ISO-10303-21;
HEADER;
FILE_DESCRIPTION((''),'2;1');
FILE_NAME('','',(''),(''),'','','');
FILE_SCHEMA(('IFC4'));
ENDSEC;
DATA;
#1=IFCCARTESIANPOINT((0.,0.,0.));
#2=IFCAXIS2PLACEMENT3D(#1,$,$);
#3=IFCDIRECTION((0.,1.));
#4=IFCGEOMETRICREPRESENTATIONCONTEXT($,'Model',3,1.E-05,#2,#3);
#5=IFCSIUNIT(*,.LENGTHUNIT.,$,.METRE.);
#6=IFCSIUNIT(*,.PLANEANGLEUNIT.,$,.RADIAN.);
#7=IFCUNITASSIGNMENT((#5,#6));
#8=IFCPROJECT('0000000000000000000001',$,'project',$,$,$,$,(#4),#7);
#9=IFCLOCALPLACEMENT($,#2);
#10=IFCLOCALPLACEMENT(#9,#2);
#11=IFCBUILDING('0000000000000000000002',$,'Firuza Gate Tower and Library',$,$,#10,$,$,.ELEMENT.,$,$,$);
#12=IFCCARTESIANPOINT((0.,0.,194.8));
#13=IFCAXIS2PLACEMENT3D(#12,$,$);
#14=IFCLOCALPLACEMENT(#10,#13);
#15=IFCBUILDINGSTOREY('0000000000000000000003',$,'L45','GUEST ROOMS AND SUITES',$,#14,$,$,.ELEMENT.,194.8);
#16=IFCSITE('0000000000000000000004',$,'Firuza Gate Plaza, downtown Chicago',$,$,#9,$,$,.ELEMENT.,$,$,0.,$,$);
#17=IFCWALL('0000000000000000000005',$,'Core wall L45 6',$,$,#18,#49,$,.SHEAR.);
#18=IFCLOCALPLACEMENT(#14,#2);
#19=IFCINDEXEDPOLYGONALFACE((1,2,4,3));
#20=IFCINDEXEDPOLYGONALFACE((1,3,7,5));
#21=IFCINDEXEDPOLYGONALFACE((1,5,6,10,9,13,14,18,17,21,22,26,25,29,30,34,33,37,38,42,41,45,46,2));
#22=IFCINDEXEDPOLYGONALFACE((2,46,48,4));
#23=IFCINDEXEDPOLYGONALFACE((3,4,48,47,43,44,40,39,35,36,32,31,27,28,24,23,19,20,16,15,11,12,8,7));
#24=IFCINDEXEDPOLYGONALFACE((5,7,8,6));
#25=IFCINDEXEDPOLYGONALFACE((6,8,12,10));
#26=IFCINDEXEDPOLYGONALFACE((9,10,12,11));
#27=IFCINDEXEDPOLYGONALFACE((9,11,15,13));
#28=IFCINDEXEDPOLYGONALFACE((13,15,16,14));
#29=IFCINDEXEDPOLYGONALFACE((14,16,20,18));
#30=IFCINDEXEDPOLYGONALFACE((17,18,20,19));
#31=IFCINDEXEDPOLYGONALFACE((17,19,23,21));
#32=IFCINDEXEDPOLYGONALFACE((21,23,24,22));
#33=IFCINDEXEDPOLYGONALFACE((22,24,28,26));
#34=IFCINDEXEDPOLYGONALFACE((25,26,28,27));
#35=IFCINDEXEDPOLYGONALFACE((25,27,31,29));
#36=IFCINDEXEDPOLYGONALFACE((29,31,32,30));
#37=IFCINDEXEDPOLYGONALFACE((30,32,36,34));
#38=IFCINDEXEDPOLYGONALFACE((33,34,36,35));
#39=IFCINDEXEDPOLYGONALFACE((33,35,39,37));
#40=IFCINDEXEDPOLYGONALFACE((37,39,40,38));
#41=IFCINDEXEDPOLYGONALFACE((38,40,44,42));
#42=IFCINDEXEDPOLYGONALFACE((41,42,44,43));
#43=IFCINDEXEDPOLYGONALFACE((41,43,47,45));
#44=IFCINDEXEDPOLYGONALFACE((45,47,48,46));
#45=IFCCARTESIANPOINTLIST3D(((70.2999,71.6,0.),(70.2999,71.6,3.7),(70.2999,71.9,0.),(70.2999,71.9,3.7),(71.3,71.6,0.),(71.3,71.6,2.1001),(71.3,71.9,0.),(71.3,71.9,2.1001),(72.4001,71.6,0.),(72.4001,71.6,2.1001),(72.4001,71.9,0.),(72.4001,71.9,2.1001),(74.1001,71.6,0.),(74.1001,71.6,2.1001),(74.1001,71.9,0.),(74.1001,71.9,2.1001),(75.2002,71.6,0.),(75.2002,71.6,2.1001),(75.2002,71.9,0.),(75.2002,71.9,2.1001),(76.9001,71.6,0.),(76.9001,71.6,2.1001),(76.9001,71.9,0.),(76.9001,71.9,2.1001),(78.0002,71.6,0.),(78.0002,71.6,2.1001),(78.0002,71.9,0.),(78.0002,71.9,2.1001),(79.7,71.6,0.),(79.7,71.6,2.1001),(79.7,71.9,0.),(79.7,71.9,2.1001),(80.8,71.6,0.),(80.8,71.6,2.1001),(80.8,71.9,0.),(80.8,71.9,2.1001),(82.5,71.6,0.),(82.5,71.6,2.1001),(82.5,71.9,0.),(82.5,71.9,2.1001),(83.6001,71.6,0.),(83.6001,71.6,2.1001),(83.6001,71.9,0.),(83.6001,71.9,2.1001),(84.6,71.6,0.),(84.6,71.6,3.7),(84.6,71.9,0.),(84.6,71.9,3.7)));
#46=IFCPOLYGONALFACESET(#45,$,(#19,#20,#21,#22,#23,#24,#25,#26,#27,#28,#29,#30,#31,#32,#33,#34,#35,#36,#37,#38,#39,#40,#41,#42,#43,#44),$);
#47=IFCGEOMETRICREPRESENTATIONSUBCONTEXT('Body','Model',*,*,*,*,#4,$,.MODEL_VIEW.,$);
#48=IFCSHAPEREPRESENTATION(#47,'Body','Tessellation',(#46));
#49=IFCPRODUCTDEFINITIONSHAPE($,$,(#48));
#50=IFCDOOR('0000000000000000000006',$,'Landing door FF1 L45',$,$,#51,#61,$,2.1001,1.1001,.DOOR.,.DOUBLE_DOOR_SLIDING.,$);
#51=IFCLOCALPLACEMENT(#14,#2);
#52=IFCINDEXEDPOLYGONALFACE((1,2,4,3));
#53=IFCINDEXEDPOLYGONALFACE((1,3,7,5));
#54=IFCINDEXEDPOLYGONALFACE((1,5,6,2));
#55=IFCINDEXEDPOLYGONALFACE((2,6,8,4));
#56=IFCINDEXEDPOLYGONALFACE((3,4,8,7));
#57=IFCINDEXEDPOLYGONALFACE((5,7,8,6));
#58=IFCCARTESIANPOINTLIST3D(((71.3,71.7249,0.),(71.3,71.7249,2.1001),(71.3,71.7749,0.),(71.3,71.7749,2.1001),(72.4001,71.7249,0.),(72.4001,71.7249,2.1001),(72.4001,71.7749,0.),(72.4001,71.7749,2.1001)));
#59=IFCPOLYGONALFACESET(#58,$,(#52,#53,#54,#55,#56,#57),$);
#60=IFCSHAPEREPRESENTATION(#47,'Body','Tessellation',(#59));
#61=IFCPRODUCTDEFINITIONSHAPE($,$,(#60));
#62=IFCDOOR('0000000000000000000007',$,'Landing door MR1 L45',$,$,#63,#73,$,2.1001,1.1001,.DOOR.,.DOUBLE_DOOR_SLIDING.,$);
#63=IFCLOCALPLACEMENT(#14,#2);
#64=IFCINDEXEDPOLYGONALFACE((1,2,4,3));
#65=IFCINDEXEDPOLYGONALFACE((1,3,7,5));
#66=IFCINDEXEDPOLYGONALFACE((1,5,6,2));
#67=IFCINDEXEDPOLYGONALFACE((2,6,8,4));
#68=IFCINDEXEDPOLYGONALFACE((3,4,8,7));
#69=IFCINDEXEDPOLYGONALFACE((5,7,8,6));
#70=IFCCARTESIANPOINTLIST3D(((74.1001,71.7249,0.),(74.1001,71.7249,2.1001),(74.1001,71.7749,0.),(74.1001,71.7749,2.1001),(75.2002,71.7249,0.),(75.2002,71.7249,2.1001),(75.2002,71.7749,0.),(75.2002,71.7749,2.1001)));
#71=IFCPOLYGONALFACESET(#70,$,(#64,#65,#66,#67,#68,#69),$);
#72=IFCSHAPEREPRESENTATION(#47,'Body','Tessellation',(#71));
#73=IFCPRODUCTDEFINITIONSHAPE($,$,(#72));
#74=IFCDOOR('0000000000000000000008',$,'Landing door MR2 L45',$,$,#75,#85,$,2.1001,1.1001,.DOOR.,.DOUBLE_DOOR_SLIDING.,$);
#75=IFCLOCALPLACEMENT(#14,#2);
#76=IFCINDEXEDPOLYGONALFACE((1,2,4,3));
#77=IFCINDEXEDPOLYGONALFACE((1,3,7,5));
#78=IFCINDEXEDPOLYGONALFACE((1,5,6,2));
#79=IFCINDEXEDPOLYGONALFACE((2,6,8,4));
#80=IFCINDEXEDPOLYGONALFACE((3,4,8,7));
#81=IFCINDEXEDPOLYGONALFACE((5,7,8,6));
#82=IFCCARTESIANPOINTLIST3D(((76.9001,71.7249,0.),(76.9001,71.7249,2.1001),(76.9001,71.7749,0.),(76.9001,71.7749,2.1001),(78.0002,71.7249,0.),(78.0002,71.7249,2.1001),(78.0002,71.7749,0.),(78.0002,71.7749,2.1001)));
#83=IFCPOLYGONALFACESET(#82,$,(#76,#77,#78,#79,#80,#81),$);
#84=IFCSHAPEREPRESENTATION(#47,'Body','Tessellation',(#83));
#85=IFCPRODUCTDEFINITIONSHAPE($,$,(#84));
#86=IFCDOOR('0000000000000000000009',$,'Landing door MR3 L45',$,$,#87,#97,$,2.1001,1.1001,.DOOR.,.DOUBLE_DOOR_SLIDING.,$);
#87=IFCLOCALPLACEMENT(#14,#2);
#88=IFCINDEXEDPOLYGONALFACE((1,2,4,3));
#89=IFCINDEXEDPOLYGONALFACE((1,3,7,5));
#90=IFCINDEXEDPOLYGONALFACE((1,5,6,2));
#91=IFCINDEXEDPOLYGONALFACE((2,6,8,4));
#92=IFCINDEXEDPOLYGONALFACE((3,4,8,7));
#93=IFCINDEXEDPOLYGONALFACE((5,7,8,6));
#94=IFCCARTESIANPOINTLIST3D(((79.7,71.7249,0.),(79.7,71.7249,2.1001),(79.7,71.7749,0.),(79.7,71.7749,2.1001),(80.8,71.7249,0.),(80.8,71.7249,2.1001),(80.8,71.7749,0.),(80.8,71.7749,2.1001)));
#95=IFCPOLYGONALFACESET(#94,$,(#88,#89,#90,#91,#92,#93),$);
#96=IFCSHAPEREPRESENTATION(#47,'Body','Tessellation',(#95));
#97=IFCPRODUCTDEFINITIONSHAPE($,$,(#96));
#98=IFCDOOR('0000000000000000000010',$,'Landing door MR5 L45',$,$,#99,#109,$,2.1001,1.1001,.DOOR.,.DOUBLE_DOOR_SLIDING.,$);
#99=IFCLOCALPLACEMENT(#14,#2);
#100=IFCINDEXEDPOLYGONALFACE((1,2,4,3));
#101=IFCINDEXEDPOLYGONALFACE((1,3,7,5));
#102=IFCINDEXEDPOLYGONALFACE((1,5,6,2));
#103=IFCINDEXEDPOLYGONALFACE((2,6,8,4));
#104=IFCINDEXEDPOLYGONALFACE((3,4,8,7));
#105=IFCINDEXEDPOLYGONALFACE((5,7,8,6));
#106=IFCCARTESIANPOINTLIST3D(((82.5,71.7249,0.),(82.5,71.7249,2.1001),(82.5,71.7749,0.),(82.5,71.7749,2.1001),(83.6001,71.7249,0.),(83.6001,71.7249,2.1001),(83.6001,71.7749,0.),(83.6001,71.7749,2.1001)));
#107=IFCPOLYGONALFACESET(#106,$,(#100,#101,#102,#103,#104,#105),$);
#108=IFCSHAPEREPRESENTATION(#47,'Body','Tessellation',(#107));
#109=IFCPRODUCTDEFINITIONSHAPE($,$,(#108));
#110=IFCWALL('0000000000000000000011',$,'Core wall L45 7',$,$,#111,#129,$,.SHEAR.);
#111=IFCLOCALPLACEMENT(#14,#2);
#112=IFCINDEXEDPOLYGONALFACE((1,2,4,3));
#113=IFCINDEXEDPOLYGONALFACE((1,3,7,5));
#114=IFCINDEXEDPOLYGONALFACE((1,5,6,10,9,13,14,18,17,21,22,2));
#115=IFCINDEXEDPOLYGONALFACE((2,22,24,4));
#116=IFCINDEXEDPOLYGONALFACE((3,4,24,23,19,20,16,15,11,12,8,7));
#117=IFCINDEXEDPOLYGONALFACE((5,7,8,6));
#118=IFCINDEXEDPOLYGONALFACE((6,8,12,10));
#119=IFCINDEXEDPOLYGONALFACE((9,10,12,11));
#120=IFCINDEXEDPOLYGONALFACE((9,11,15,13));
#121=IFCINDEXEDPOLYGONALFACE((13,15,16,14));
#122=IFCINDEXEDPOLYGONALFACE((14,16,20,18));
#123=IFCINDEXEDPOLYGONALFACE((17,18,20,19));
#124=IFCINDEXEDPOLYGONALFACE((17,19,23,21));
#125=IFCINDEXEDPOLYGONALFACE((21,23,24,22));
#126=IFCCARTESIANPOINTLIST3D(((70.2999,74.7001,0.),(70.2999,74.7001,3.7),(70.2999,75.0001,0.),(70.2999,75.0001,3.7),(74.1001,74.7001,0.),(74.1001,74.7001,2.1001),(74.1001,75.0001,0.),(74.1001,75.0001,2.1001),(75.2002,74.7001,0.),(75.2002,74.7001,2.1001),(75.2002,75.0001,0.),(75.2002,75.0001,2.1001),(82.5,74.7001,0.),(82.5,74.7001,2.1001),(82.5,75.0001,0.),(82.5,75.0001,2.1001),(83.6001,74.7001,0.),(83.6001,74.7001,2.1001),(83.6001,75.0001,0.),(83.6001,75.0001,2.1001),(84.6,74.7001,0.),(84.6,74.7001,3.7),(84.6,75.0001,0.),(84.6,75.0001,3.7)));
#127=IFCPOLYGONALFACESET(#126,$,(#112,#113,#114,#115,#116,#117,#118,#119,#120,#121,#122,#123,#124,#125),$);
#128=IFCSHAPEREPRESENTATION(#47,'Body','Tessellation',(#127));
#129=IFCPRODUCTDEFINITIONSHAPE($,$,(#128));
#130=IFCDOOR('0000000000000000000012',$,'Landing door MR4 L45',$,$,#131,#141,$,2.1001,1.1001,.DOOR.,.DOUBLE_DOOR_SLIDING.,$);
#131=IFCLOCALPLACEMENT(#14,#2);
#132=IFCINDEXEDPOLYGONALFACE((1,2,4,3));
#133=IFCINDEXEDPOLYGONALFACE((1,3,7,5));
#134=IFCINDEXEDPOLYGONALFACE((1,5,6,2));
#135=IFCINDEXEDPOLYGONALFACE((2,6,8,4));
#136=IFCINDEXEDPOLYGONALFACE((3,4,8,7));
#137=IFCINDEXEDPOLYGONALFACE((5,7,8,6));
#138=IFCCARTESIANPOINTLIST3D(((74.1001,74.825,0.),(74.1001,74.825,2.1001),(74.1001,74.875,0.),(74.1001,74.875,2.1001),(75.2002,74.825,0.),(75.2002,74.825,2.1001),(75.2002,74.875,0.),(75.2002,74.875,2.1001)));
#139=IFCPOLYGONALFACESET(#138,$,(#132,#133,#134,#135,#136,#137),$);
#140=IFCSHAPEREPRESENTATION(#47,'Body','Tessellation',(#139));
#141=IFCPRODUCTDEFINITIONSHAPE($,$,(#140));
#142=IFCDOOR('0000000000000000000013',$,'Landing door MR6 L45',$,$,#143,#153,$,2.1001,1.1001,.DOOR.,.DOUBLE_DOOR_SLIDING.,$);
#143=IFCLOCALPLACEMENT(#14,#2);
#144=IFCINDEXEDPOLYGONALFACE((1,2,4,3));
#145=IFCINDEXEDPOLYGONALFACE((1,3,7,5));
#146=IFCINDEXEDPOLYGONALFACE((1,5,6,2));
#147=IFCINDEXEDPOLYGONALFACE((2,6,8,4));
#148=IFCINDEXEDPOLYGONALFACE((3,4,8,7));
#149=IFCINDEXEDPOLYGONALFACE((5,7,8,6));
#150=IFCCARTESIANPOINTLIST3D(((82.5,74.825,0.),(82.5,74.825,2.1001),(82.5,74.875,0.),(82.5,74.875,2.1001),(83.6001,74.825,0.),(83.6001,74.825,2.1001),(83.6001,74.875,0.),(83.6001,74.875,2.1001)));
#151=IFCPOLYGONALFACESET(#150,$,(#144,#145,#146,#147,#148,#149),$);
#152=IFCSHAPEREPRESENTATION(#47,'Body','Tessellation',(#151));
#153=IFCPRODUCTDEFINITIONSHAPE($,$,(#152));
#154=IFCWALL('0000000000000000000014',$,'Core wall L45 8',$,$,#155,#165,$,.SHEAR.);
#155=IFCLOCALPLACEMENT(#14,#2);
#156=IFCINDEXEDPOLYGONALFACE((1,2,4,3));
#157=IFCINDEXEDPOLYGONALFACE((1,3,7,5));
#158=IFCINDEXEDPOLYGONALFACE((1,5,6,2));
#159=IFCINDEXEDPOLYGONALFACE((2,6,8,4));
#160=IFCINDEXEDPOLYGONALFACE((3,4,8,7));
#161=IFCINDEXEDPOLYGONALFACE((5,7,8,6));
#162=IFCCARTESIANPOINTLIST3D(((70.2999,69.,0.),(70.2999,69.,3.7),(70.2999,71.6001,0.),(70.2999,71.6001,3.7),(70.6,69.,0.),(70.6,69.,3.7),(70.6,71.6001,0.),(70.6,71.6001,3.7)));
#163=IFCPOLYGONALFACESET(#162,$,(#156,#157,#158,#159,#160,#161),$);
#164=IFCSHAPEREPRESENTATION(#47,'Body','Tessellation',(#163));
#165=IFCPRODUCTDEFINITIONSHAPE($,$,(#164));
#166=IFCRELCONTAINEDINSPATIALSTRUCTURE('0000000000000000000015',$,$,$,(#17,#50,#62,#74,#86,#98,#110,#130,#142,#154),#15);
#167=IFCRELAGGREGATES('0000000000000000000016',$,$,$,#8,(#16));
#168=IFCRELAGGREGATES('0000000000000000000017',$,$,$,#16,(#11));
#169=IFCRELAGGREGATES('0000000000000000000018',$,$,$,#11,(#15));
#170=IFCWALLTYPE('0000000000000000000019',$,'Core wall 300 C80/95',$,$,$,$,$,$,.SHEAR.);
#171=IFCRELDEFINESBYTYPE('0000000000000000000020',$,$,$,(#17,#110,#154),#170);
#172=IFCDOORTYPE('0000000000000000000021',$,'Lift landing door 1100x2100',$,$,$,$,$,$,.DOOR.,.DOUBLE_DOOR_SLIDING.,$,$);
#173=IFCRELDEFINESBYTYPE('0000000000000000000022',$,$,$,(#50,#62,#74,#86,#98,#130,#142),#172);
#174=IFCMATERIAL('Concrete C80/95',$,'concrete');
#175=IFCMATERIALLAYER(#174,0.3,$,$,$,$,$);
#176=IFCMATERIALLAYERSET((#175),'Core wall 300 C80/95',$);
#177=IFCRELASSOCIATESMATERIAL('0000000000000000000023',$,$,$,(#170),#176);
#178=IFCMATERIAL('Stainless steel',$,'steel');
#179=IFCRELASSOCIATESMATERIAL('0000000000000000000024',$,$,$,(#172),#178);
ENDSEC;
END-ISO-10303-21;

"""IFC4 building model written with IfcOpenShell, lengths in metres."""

from ifc_helpers import new_model, si_unit, direction, frame, frame_2d, origin, place, context, subcontext, project, spatial, rectangle, extrude, material, layer, layer_set, type_object, element, fill, save


model = new_model("IFC4")

# Units and contexts
model_context = context("Model", 3, precision=1e-05, world=origin(), true_north=direction((0.0, 1.0)))
body_context = subcontext(model_context, "Body", "Model", "MODEL_VIEW")
ifc_project = project(units=[si_unit("LENGTHUNIT", "METRE"), si_unit("PLANEANGLEUNIT", "RADIAN")], contexts=[model_context])

# Site, building, storey
site_placement = place(None, origin())
site = spatial("IfcSite", under=ifc_project, at=site_placement, Name="Firuza Gate Plaza, downtown Chicago", CompositionType="ELEMENT", RefElevation=0.0)
building_placement = place(site_placement, origin())
building = spatial("IfcBuilding", under=site, at=building_placement, Name="Firuza Gate Tower and Library", CompositionType="ELEMENT")
storey_placement = place(building_placement, frame((0.0, 0.0, 194.8)))
storey = spatial("IfcBuildingStorey", under=building, at=storey_placement, Name="L45", Description="GUEST ROOMS AND SUITES", CompositionType="ELEMENT", Elevation=194.8)

# Shared definitions
ifc_material_1 = material(Name="Concrete C80/95", Category="concrete")
ifc_layer_1 = layer(ifc_material_1, 0.3)
ifc_layer_set_1 = layer_set([ifc_layer_1], Name="Core wall 300 C80/95")
wall_type_1 = type_object("IfcWallType", Name="Core wall 300 C80/95", PredefinedType="SHEAR", material=ifc_layer_set_1)

# Walls, openings, doors
wall_1_placement = place(storey_placement, frame((70.3, 71.75, 0.0), z_axis=(0.0, 0.0, 1.0), x_axis=(1.0, 0.0, 0.0)))
wall_1 = element("IfcWall", 1, at=wall_1_placement, inside=storey, type_object=wall_type_1, Name="Core wall L45 6", PredefinedType="SHEAR", context=body_context, shape_type="SweptSolid", body=[
    extrude(rectangle(XDim=14.3, YDim=0.3, at=frame_2d((7.1499, 0.0))), origin(), (0.0, 0.0, 1.0), 3.7),
])
opening_1_placement = place(wall_1_placement, frame((1.0, 0.0, 0.0)))
opening_1 = element("IfcOpeningElement", 2, at=opening_1_placement, cuts=wall_1, PredefinedType="OPENING", context=body_context, shape_type="SweptSolid", body=[
    extrude(rectangle(XDim=1.1001, YDim=2.1001, at=frame_2d((0.55, 1.05))), frame((0.0, 0.1602, 0.0), z_axis=(0.0, -1.0, 0.0), x_axis=(1.0, 0.0, 0.0)), (0.0, 0.0, 1.0), 0.3201),
])
opening_2_placement = place(wall_1_placement, frame((3.8, 0.0, 0.0)))
opening_2 = element("IfcOpeningElement", 3, at=opening_2_placement, cuts=wall_1, PredefinedType="OPENING", context=body_context, shape_type="SweptSolid", body=[
    extrude(rectangle(XDim=1.1001, YDim=2.1001, at=frame_2d((0.55, 1.05))), frame((0.0, 0.1602, 0.0), z_axis=(0.0, -1.0, 0.0), x_axis=(1.0, 0.0, 0.0)), (0.0, 0.0, 1.0), 0.3201),
])
opening_3_placement = place(wall_1_placement, frame((6.6001, 0.0, 0.0)))
opening_3 = element("IfcOpeningElement", 4, at=opening_3_placement, cuts=wall_1, PredefinedType="OPENING", context=body_context, shape_type="SweptSolid", body=[
    extrude(rectangle(XDim=1.1001, YDim=2.1001, at=frame_2d((0.55, 1.05))), frame((0.0, 0.1602, 0.0), z_axis=(0.0, -1.0, 0.0), x_axis=(1.0, 0.0, 0.0)), (0.0, 0.0, 1.0), 0.3201),
])
opening_4_placement = place(wall_1_placement, frame((9.3999, 0.0, 0.0)))
opening_4 = element("IfcOpeningElement", 5, at=opening_4_placement, cuts=wall_1, PredefinedType="OPENING", context=body_context, shape_type="SweptSolid", body=[
    extrude(rectangle(XDim=1.1001, YDim=2.1001, at=frame_2d((0.55, 1.05))), frame((0.0, 0.1602, 0.0), z_axis=(0.0, -1.0, 0.0), x_axis=(1.0, 0.0, 0.0)), (0.0, 0.0, 1.0), 0.3201),
])
opening_5_placement = place(wall_1_placement, frame((12.2, 0.0, 0.0)))
opening_5 = element("IfcOpeningElement", 6, at=opening_5_placement, cuts=wall_1, PredefinedType="OPENING", context=body_context, shape_type="SweptSolid", body=[
    extrude(rectangle(XDim=1.1001, YDim=2.1001, at=frame_2d((0.55, 1.05))), frame((0.0, 0.1602, 0.0), z_axis=(0.0, -1.0, 0.0), x_axis=(1.0, 0.0, 0.0)), (0.0, 0.0, 1.0), 0.3201),
])
ifc_material_2 = material(Name="Stainless steel", Category="steel")
door_type_1 = type_object("IfcDoorType", Name="Lift landing door 1100x2100", OperationType="DOUBLE_DOOR_SLIDING", PredefinedType="DOOR", material=ifc_material_2)
door_1_placement = place(opening_1_placement, origin())
door_1 = element("IfcDoor", 7, at=door_1_placement, inside=storey, type_object=door_type_1, Name="Landing door FF1 L45", OperationType="DOUBLE_DOOR_SLIDING", OverallHeight=2.1001, OverallWidth=1.1001, PredefinedType="DOOR", context=body_context, shape_type="SweptSolid", body=[
    extrude(rectangle(XDim=1.1001, YDim=2.1001, at=frame_2d((0.55, 1.05))), frame((0.0, 0.0249, 0.0), z_axis=(0.0, -1.0, 0.0), x_axis=(1.0, 0.0, 0.0)), (0.0, 0.0, 1.0), 0.05),
])
fill(opening_1, door_1)
door_2_placement = place(opening_2_placement, origin())
door_2 = element("IfcDoor", 8, at=door_2_placement, inside=storey, type_object=door_type_1, Name="Landing door MR1 L45", OperationType="DOUBLE_DOOR_SLIDING", OverallHeight=2.1001, OverallWidth=1.1001, PredefinedType="DOOR", context=body_context, shape_type="SweptSolid", body=[
    extrude(rectangle(XDim=1.1001, YDim=2.1001, at=frame_2d((0.55, 1.05))), frame((0.0, 0.0249, 0.0), z_axis=(0.0, -1.0, 0.0), x_axis=(1.0, 0.0, 0.0)), (0.0, 0.0, 1.0), 0.05),
])
fill(opening_2, door_2)
door_3_placement = place(opening_3_placement, origin())
door_3 = element("IfcDoor", 9, at=door_3_placement, inside=storey, type_object=door_type_1, Name="Landing door MR2 L45", OperationType="DOUBLE_DOOR_SLIDING", OverallHeight=2.1001, OverallWidth=1.1001, PredefinedType="DOOR", context=body_context, shape_type="SweptSolid", body=[
    extrude(rectangle(XDim=1.1001, YDim=2.1001, at=frame_2d((0.55, 1.05))), frame((0.0, 0.0249, 0.0), z_axis=(0.0, -1.0, 0.0), x_axis=(1.0, 0.0, 0.0)), (0.0, 0.0, 1.0), 0.05),
])
fill(opening_3, door_3)
door_4_placement = place(opening_4_placement, origin())
door_4 = element("IfcDoor", 10, at=door_4_placement, inside=storey, type_object=door_type_1, Name="Landing door MR3 L45", OperationType="DOUBLE_DOOR_SLIDING", OverallHeight=2.1001, OverallWidth=1.1001, PredefinedType="DOOR", context=body_context, shape_type="SweptSolid", body=[
    extrude(rectangle(XDim=1.1001, YDim=2.1001, at=frame_2d((0.55, 1.05))), frame((0.0, 0.0249, 0.0), z_axis=(0.0, -1.0, 0.0), x_axis=(1.0, 0.0, 0.0)), (0.0, 0.0, 1.0), 0.05),
])
fill(opening_4, door_4)
door_5_placement = place(opening_5_placement, origin())
door_5 = element("IfcDoor", 11, at=door_5_placement, inside=storey, type_object=door_type_1, Name="Landing door MR5 L45", OperationType="DOUBLE_DOOR_SLIDING", OverallHeight=2.1001, OverallWidth=1.1001, PredefinedType="DOOR", context=body_context, shape_type="SweptSolid", body=[
    extrude(rectangle(XDim=1.1001, YDim=2.1001, at=frame_2d((0.55, 1.05))), frame((0.0, 0.0249, 0.0), z_axis=(0.0, -1.0, 0.0), x_axis=(1.0, 0.0, 0.0)), (0.0, 0.0, 1.0), 0.05),
])
fill(opening_5, door_5)
wall_2_placement = place(storey_placement, frame((70.3, 74.8501, 0.0), z_axis=(0.0, 0.0, 1.0), x_axis=(1.0, 0.0, 0.0)))
wall_2 = element("IfcWall", 12, at=wall_2_placement, inside=storey, type_object=wall_type_1, Name="Core wall L45 7", PredefinedType="SHEAR", context=body_context, shape_type="SweptSolid", body=[
    extrude(rectangle(XDim=14.3, YDim=0.3, at=frame_2d((7.1499, 0.0))), origin(), (0.0, 0.0, 1.0), 3.7),
])
opening_6_placement = place(wall_2_placement, frame((3.8, 0.0, 0.0)))
opening_6 = element("IfcOpeningElement", 13, at=opening_6_placement, cuts=wall_2, PredefinedType="OPENING", context=body_context, shape_type="SweptSolid", body=[
    extrude(rectangle(XDim=1.1001, YDim=2.1001, at=frame_2d((0.55, 1.05))), frame((0.0, 0.1602, 0.0), z_axis=(0.0, -1.0, 0.0), x_axis=(1.0, 0.0, 0.0)), (0.0, 0.0, 1.0), 0.3201),
])
opening_7_placement = place(wall_2_placement, frame((12.2, 0.0, 0.0)))
opening_7 = element("IfcOpeningElement", 14, at=opening_7_placement, cuts=wall_2, PredefinedType="OPENING", context=body_context, shape_type="SweptSolid", body=[
    extrude(rectangle(XDim=1.1001, YDim=2.1001, at=frame_2d((0.55, 1.05))), frame((0.0, 0.1602, 0.0), z_axis=(0.0, -1.0, 0.0), x_axis=(1.0, 0.0, 0.0)), (0.0, 0.0, 1.0), 0.3201),
])
door_6_placement = place(opening_6_placement, origin())
door_6 = element("IfcDoor", 15, at=door_6_placement, inside=storey, type_object=door_type_1, Name="Landing door MR4 L45", OperationType="DOUBLE_DOOR_SLIDING", OverallHeight=2.1001, OverallWidth=1.1001, PredefinedType="DOOR", context=body_context, shape_type="SweptSolid", body=[
    extrude(rectangle(XDim=1.1001, YDim=2.1001, at=frame_2d((0.55, 1.05))), frame((0.0, 0.0249, 0.0), z_axis=(0.0, -1.0, 0.0), x_axis=(1.0, 0.0, 0.0)), (0.0, 0.0, 1.0), 0.05),
])
fill(opening_6, door_6)
door_7_placement = place(opening_7_placement, origin())
door_7 = element("IfcDoor", 16, at=door_7_placement, inside=storey, type_object=door_type_1, Name="Landing door MR6 L45", OperationType="DOUBLE_DOOR_SLIDING", OverallHeight=2.1001, OverallWidth=1.1001, PredefinedType="DOOR", context=body_context, shape_type="SweptSolid", body=[
    extrude(rectangle(XDim=1.1001, YDim=2.1001, at=frame_2d((0.55, 1.05))), frame((0.0, 0.0249, 0.0), z_axis=(0.0, -1.0, 0.0), x_axis=(1.0, 0.0, 0.0)), (0.0, 0.0, 1.0), 0.05),
])
fill(opening_7, door_7)

# Wall
wall_3_placement = place(storey_placement, frame((70.45, 69.0, 0.0), z_axis=(0.0, 0.0, 1.0), x_axis=(0.0, 1.0, 0.0)))
element("IfcWall", 17, at=wall_3_placement, inside=storey, type_object=wall_type_1, Name="Core wall L45 8", PredefinedType="SHEAR", context=body_context, shape_type="SweptSolid", body=[
    extrude(rectangle(XDim=2.6001, YDim=0.3, at=frame_2d((1.3, 0.0))), origin(), (0.0, 0.0, 1.0), 3.7),
])

save(model, "model.ifc")
